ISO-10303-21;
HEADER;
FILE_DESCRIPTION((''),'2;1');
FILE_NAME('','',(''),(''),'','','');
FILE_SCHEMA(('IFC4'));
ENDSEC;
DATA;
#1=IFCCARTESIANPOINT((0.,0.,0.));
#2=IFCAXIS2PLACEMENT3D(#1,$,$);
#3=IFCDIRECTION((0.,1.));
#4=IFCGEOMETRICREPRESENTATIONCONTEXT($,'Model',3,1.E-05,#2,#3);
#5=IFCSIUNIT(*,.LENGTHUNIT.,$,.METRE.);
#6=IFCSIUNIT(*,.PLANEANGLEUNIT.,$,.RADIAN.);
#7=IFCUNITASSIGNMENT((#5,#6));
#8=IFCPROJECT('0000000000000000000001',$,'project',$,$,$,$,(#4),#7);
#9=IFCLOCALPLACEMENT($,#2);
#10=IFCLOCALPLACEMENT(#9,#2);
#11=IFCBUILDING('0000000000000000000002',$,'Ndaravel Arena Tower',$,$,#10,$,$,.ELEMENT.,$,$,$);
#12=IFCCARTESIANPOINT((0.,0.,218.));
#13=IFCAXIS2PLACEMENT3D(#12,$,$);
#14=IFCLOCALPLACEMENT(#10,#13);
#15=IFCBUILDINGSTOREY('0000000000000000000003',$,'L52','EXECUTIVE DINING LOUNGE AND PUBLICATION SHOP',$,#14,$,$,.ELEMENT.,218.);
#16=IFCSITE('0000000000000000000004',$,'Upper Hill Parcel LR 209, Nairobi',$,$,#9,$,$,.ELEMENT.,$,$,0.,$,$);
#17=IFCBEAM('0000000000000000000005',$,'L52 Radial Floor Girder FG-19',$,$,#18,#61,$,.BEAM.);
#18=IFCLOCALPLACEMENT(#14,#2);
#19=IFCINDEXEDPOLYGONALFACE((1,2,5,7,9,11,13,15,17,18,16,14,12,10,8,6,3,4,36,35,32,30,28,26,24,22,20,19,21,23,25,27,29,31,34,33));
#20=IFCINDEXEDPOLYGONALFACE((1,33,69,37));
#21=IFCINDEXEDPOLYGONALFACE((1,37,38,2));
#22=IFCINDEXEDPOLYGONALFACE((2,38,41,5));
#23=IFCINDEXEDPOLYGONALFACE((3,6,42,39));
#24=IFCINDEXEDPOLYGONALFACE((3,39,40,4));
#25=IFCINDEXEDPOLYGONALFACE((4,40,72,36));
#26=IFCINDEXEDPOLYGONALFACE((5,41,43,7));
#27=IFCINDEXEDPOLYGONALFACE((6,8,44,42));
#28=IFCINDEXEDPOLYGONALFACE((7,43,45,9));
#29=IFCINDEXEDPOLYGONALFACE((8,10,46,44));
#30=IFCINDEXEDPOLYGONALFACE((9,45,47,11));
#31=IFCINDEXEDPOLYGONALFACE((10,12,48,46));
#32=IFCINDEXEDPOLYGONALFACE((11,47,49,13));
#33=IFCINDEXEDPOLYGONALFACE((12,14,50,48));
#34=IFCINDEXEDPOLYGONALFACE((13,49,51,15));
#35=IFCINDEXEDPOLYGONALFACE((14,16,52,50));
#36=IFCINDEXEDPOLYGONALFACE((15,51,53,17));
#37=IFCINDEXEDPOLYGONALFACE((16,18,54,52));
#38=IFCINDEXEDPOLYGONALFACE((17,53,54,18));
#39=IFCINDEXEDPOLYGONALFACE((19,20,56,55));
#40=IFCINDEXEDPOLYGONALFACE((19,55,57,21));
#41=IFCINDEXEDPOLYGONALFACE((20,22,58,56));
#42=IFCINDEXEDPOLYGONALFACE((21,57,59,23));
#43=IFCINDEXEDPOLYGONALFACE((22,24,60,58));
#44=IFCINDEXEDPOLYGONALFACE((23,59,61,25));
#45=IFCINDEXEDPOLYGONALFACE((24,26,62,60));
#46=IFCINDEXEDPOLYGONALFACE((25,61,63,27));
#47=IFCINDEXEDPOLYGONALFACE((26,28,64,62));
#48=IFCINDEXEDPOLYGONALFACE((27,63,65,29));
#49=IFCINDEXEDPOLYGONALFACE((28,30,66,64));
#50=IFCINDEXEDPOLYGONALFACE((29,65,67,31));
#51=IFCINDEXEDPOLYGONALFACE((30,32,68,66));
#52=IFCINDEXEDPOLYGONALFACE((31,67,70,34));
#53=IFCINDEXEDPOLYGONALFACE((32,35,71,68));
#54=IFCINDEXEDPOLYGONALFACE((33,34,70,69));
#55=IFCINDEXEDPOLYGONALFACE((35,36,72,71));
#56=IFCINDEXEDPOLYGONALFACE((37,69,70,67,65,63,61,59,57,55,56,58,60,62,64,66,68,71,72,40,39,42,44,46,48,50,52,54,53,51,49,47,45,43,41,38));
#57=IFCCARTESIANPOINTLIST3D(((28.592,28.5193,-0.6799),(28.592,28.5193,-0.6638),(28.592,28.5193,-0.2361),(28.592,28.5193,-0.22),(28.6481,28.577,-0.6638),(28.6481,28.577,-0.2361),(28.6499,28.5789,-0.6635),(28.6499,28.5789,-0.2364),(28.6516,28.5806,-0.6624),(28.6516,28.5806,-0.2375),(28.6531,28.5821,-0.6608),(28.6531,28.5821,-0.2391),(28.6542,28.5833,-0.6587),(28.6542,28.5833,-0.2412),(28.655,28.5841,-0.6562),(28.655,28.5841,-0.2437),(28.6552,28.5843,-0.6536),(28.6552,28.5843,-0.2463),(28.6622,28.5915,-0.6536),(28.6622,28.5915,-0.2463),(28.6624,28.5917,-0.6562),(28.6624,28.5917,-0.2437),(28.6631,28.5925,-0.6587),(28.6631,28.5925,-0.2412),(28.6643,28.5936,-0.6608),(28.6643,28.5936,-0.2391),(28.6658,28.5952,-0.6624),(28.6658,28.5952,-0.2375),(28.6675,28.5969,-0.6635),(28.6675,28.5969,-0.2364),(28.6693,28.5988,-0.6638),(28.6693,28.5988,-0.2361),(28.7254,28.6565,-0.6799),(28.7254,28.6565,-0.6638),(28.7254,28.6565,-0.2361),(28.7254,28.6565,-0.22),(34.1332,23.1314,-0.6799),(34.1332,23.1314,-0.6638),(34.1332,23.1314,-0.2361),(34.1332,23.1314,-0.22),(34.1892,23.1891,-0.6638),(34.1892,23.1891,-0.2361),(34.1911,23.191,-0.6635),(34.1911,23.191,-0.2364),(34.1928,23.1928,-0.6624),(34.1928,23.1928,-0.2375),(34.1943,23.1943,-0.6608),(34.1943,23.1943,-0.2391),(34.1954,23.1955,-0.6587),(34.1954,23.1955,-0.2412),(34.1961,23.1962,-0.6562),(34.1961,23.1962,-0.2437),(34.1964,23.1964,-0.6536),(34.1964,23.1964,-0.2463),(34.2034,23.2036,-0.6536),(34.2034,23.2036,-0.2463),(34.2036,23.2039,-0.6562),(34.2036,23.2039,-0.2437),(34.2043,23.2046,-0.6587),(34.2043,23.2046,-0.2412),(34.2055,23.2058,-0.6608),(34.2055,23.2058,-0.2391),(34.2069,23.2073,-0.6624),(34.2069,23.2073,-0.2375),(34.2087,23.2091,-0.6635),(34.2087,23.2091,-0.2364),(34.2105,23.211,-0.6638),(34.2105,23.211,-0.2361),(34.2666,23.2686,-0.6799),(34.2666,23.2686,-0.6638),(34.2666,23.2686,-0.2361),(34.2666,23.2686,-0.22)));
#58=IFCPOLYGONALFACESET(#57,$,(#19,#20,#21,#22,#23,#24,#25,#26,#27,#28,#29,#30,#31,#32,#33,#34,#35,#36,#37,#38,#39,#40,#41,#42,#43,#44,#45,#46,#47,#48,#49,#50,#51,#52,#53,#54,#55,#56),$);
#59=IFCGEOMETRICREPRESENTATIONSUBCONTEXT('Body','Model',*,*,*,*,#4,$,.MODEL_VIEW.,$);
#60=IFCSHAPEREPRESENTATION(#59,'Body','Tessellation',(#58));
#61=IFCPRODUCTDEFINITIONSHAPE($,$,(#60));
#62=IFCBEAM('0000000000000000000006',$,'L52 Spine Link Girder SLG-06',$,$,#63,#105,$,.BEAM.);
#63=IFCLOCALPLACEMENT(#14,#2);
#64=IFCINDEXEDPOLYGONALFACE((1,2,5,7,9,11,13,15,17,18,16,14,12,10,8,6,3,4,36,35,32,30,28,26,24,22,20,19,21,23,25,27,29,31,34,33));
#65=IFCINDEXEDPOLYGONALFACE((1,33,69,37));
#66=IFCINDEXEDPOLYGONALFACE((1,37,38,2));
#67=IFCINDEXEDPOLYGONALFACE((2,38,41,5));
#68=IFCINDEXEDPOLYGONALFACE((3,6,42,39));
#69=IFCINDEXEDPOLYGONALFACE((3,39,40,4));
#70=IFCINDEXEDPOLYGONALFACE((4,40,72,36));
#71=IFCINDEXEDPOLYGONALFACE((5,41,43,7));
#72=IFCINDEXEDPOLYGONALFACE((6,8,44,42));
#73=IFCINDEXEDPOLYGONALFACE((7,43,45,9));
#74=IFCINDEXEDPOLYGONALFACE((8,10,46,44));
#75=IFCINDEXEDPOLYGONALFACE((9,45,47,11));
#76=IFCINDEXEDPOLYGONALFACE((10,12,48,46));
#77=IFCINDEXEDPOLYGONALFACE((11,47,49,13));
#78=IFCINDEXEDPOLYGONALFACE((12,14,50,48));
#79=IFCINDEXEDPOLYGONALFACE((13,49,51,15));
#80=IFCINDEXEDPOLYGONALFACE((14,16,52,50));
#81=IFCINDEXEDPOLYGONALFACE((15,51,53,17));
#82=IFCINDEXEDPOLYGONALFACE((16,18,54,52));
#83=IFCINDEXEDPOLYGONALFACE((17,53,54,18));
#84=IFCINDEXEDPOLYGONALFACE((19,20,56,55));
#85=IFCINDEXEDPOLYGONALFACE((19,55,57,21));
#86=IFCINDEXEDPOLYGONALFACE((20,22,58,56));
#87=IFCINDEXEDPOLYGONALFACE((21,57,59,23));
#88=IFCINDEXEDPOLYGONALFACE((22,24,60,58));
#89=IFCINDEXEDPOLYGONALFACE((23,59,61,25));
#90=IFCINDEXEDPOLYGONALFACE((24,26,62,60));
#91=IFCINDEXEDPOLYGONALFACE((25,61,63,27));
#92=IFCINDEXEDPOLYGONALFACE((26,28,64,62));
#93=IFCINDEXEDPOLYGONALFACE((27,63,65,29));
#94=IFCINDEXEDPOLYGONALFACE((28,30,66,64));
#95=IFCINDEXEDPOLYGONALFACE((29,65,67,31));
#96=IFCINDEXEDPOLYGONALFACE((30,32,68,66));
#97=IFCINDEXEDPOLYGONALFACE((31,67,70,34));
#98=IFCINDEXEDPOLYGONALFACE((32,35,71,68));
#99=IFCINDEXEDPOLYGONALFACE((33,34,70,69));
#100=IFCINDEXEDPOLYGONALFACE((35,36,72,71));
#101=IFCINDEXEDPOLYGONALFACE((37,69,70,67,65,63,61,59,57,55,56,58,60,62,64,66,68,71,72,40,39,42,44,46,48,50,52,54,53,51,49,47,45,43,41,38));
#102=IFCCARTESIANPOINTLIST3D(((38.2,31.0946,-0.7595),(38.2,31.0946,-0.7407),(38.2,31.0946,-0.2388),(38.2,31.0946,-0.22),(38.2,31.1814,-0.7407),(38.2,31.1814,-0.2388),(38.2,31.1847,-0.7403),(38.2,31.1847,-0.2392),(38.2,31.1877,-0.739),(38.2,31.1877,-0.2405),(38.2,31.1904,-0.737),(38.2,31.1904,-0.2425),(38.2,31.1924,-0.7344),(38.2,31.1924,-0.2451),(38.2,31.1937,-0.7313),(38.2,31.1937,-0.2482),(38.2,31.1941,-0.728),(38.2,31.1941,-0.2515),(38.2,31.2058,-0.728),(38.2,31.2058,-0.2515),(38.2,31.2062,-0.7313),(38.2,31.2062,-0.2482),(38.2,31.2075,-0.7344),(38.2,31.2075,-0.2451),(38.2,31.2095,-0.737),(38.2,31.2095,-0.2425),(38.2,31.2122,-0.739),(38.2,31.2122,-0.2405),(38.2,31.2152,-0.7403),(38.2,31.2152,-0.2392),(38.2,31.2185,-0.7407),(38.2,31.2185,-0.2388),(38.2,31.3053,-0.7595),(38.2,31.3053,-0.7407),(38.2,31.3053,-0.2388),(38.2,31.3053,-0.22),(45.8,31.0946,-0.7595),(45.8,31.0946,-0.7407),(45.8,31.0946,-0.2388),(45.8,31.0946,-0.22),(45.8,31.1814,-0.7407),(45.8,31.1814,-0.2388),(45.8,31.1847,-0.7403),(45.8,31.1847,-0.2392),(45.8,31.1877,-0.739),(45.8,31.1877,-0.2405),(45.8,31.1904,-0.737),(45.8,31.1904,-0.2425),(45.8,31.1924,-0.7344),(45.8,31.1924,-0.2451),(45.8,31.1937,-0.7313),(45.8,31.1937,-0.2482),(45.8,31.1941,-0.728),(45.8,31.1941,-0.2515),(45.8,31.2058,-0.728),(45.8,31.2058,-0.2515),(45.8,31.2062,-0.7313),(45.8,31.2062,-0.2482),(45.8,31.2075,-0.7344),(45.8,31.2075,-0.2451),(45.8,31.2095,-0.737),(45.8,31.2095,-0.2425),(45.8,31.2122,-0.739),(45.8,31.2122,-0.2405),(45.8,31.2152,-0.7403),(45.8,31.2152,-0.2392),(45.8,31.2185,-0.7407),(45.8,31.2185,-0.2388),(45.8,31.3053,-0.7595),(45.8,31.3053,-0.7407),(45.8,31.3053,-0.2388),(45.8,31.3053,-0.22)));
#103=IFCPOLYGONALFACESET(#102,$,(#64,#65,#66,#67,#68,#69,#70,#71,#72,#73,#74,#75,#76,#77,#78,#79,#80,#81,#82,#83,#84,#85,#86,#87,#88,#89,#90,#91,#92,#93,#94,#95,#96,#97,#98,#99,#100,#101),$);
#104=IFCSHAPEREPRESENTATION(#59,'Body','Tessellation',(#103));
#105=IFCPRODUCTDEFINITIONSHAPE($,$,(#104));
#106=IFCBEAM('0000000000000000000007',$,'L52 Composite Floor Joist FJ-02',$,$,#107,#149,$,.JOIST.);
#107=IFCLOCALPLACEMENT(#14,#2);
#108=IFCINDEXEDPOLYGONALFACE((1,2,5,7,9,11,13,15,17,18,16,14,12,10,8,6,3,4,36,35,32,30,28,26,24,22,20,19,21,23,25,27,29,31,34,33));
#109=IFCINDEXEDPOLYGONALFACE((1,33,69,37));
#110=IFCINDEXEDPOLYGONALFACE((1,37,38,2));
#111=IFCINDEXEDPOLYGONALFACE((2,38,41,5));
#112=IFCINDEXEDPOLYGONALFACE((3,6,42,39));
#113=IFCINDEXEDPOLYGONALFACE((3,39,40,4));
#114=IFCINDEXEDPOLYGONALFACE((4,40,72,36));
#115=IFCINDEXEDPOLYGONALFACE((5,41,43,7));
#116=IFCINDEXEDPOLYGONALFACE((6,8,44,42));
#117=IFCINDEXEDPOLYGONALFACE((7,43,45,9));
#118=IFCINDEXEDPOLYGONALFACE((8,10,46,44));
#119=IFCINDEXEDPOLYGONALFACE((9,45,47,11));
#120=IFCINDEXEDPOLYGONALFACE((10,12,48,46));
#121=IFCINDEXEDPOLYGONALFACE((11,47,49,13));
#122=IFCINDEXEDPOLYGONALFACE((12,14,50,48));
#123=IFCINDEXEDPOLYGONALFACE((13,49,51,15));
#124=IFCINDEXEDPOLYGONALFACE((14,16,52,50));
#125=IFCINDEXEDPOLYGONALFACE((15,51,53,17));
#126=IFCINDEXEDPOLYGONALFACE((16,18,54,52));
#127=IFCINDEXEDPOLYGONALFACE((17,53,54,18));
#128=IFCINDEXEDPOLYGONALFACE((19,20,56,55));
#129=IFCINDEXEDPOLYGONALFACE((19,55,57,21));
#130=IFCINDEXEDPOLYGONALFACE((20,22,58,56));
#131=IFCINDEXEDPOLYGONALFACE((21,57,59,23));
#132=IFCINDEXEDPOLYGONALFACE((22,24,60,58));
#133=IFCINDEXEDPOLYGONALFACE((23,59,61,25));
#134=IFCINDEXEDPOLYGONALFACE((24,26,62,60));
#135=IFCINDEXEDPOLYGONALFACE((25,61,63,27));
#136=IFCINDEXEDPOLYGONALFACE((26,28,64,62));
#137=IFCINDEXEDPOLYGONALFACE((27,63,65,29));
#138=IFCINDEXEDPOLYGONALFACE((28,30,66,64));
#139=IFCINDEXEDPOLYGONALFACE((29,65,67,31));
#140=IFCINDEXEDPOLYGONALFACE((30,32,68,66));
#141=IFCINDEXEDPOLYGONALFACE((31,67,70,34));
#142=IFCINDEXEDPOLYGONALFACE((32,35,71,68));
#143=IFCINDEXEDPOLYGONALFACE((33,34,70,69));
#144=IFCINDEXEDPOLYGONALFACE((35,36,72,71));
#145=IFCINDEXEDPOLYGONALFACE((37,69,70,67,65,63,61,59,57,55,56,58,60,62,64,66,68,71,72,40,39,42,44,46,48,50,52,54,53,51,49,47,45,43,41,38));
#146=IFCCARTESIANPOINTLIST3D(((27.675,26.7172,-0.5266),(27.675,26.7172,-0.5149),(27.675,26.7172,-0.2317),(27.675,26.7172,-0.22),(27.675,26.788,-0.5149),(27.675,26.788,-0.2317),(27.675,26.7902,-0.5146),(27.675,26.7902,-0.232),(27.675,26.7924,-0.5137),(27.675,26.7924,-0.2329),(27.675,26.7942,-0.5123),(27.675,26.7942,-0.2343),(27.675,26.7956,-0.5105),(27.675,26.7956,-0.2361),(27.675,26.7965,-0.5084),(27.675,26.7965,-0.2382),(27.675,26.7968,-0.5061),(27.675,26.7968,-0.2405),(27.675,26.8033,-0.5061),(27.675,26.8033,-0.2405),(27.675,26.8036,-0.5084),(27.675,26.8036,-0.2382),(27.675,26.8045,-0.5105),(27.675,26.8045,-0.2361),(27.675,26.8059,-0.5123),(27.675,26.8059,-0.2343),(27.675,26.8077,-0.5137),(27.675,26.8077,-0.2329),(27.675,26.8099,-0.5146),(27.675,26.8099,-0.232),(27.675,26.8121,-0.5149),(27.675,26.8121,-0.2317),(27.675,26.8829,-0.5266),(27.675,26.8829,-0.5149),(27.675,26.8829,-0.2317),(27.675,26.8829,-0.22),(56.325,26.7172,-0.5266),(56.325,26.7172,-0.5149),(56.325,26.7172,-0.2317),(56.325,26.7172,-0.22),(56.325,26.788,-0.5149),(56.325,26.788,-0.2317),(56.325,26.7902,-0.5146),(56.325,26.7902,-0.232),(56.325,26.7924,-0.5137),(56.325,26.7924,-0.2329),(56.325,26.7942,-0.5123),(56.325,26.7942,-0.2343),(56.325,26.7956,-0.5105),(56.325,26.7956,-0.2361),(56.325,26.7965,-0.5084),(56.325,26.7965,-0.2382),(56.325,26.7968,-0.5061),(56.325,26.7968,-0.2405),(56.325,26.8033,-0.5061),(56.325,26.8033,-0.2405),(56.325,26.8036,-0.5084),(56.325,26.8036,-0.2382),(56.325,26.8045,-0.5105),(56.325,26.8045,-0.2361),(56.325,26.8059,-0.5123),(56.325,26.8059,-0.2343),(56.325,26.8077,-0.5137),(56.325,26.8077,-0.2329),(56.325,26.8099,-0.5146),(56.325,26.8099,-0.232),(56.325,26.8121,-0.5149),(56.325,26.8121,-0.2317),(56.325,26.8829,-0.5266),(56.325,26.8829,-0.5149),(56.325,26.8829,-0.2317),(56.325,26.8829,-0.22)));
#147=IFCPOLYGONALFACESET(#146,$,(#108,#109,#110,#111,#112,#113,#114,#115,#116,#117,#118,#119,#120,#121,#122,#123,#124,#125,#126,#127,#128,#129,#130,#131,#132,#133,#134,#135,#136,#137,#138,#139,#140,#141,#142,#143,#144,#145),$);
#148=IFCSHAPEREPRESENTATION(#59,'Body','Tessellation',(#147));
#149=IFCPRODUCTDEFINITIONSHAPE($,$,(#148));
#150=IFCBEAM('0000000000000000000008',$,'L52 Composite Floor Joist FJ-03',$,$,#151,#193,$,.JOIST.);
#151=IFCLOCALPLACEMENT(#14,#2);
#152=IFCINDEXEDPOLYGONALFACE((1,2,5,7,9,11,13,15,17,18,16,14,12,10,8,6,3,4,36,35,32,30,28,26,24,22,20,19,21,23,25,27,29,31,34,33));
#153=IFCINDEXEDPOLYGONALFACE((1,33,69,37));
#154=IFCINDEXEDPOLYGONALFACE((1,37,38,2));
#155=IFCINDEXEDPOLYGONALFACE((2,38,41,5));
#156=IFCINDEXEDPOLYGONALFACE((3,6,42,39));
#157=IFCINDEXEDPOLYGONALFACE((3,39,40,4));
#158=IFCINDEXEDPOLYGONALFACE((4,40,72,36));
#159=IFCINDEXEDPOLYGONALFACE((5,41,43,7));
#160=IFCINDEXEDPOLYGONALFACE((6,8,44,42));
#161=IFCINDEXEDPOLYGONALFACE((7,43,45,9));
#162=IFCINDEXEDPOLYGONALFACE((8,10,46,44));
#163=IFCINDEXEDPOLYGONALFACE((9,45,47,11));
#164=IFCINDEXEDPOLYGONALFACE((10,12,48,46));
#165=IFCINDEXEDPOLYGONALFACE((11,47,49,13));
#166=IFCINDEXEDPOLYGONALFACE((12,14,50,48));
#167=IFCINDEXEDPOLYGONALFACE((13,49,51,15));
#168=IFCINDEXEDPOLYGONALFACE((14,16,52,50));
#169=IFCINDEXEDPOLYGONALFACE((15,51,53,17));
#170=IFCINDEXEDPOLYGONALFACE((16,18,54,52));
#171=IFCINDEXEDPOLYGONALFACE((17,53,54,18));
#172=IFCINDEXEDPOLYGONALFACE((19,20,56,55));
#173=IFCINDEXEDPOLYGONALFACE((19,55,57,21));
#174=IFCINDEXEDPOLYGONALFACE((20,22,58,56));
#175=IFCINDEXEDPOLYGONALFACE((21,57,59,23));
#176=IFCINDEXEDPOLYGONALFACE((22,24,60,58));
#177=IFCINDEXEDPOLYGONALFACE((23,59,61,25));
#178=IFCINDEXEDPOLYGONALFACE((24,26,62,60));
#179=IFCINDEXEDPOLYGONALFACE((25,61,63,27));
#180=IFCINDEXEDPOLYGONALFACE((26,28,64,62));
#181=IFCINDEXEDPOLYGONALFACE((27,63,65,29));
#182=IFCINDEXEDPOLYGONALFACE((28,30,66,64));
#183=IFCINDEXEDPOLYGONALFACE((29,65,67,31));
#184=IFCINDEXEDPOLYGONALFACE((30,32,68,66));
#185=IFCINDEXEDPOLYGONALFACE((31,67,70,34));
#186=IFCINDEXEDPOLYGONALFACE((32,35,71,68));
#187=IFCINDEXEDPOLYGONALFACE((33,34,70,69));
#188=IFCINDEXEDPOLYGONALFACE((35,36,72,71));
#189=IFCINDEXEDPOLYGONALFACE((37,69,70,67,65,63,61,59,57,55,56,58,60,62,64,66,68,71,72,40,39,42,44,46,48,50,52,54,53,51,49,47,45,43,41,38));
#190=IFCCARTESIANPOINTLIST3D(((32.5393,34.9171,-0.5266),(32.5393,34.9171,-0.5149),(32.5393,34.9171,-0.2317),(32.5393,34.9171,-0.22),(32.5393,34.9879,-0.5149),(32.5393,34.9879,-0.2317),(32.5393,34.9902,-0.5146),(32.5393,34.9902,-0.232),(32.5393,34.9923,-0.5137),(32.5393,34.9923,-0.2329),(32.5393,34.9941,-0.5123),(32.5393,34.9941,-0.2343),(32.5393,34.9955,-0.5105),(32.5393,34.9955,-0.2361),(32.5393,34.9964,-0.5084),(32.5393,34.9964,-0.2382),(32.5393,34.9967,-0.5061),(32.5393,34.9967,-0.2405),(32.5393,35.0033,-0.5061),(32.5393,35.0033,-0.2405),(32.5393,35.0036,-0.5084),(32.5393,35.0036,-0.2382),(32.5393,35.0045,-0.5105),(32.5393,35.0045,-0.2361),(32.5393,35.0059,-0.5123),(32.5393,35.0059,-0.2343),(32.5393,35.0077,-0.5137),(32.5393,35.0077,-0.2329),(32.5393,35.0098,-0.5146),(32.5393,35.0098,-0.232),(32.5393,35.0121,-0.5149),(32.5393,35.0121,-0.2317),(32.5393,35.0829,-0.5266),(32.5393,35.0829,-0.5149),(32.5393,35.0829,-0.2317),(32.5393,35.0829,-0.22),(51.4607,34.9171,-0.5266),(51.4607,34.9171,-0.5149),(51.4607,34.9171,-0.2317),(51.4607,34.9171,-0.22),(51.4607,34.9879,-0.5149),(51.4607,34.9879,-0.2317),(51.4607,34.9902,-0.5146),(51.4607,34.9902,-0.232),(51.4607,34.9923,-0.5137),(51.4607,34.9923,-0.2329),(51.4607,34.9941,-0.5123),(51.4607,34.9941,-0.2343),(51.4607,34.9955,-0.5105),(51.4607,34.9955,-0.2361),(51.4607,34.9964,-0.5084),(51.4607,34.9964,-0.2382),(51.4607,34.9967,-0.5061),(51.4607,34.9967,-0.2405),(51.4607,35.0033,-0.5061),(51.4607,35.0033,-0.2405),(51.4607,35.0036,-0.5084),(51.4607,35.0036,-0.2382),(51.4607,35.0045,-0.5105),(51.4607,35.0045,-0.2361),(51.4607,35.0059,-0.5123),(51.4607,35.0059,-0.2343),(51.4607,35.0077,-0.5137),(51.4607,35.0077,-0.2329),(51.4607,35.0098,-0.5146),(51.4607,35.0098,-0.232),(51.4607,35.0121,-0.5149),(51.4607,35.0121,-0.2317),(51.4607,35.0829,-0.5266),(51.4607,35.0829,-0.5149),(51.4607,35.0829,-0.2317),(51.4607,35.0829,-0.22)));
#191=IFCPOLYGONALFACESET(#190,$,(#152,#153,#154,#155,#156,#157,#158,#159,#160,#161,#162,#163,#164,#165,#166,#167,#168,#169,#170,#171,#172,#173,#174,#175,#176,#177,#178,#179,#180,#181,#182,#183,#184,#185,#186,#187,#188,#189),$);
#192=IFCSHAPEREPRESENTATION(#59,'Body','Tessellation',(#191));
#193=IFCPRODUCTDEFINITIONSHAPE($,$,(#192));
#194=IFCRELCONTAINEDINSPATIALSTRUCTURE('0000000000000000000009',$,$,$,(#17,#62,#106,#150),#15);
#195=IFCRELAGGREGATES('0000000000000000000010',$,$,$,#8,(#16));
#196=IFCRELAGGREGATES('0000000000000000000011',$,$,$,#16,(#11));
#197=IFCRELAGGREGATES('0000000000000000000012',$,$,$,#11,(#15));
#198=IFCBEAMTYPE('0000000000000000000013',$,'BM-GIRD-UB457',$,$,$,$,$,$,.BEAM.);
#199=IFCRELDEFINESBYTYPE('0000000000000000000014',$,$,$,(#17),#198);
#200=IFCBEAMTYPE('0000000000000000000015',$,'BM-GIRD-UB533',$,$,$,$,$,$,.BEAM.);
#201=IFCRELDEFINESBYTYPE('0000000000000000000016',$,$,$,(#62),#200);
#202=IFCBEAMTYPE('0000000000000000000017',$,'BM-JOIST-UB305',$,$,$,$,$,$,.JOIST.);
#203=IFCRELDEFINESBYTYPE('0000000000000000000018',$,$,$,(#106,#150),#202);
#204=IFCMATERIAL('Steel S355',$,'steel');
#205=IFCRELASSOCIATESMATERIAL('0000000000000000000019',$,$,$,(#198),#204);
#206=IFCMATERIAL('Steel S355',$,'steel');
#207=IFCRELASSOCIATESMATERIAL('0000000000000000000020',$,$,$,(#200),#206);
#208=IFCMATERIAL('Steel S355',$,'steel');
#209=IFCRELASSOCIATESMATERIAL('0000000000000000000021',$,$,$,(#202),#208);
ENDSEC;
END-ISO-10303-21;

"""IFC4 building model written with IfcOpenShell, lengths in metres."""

from ifc_helpers import new_model, si_unit, direction, frame, origin, origin_2d, place, context, subcontext, project, spatial, i_section, extrude, material, material_profile, profile_set, type_object, element, save


model = new_model("IFC4")

# Units and contexts
model_context = context("Model", 3, precision=1e-05, world=origin(), true_north=direction((0.0, 1.0)))
body_context = subcontext(model_context, "Body", "Model", "MODEL_VIEW")
ifc_project = project(units=[si_unit("LENGTHUNIT", "METRE"), si_unit("PLANEANGLEUNIT", "RADIAN")], contexts=[model_context])

# Site, building, storey
site_placement = place(None, origin())
site = spatial("IfcSite", under=ifc_project, at=site_placement, Name="Upper Hill Parcel LR 209, Nairobi", CompositionType="ELEMENT", RefElevation=0.0)
building_placement = place(site_placement, origin())
building = spatial("IfcBuilding", under=site, at=building_placement, Name="Ndaravel Arena Tower", CompositionType="ELEMENT")
storey_placement = place(building_placement, frame((0.0, 0.0, 218.0)))
storey = spatial("IfcBuildingStorey", under=building, at=storey_placement, Name="L52", Description="EXECUTIVE DINING LOUNGE AND PUBLICATION SHOP", CompositionType="ELEMENT", Elevation=218.0)

# Beams
ifc_material_1 = material(Name="Steel S355", Category="steel")
ifc_material_profile_1 = material_profile(ifc_material_1, i_section(OverallWidth=0.1914, OverallDepth=0.46, WebThickness=0.01, FlangeThickness=0.0161, FilletRadius=0.0103, at=origin_2d()), Name="UB 457x191x82")
ifc_profile_set_1 = profile_set([ifc_material_profile_1], Name="Steel S355")
beam_type_1 = type_object("IfcBeamType", Name="BM-GIRD-UB457", PredefinedType="BEAM", material=ifc_profile_set_1)
beam_1_placement = place(storey_placement, frame((28.6587, 28.5879, -0.45), z_axis=(0.716956, -0.697119, 0.0), x_axis=(0.697119, 0.716956, 0.0)))
element("IfcBeam", 1, at=beam_1_placement, inside=storey, type_object=beam_type_1, Name="L52 Radial Floor Girder FG-19", PredefinedType="BEAM", context=body_context, shape_type="SweptSolid", body=[
    extrude(i_section(OverallWidth=0.1914, OverallDepth=0.46, WebThickness=0.01, FlangeThickness=0.0161, FilletRadius=0.0103, at=origin_2d()), origin(), (0.0, 0.0, 1.0), 7.7288),
])
ifc_material_2 = material(Name="Steel S355", Category="steel")
ifc_material_profile_2 = material_profile(ifc_material_2, i_section(OverallWidth=0.2107, OverallDepth=0.5396, WebThickness=0.0117, FlangeThickness=0.0188, FilletRadius=0.0127, at=origin_2d()), Name="UB 533x210x109")
ifc_profile_set_2 = profile_set([ifc_material_profile_2], Name="Steel S355")
beam_type_2 = type_object("IfcBeamType", Name="BM-GIRD-UB533", PredefinedType="BEAM", material=ifc_profile_set_2)
beam_2_placement = place(storey_placement, frame((38.2, 31.2, -0.4897), z_axis=(1.0, 0.0, 0.0), x_axis=(0.0, 1.0, 0.0)))
element("IfcBeam", 2, at=beam_2_placement, inside=storey, type_object=beam_type_2, Name="L52 Spine Link Girder SLG-06", PredefinedType="BEAM", context=body_context, shape_type="SweptSolid", body=[
    extrude(i_section(OverallWidth=0.2107, OverallDepth=0.5396, WebThickness=0.0117, FlangeThickness=0.0188, FilletRadius=0.0127, at=origin_2d()), origin(), (0.0, 0.0, 1.0), 7.6001),
])
ifc_material_3 = material(Name="Steel S355", Category="steel")
ifc_material_profile_3 = material_profile(ifc_material_3, i_section(OverallWidth=0.1658, OverallDepth=0.3066, WebThickness=0.0066, FlangeThickness=0.0117, FilletRadius=0.0088, at=origin_2d()), Name="UB 305x165x46")
ifc_profile_set_3 = profile_set([ifc_material_profile_3], Name="Steel S355")
beam_type_3 = type_object("IfcBeamType", Name="BM-JOIST-UB305", PredefinedType="JOIST", material=ifc_profile_set_3)
beam_3_placement = place(storey_placement, frame((27.675, 26.8, -0.3733), z_axis=(1.0, 0.0, 0.0), x_axis=(0.0, 1.0, 0.0)))
element("IfcBeam", 3, at=beam_3_placement, inside=storey, type_object=beam_type_3, Name="L52 Composite Floor Joist FJ-02", PredefinedType="JOIST", context=body_context, shape_type="SweptSolid", body=[
    extrude(i_section(OverallWidth=0.1658, OverallDepth=0.3066, WebThickness=0.0066, FlangeThickness=0.0117, FilletRadius=0.0088, at=origin_2d()), origin(), (0.0, 0.0, 1.0), 28.6499),
])
beam_4_placement = place(storey_placement, frame((32.5393, 35.0, -0.3733), z_axis=(1.0, 0.0, 0.0), x_axis=(0.0, 1.0, 0.0)))
element("IfcBeam", 4, at=beam_4_placement, inside=storey, type_object=beam_type_3, Name="L52 Composite Floor Joist FJ-03", PredefinedType="JOIST", context=body_context, shape_type="SweptSolid", body=[
    extrude(i_section(OverallWidth=0.1658, OverallDepth=0.3066, WebThickness=0.0066, FlangeThickness=0.0117, FilletRadius=0.0088, at=origin_2d()), origin(), (0.0, 0.0, 1.0), 18.9214),
])

save(model, "model.ifc")
